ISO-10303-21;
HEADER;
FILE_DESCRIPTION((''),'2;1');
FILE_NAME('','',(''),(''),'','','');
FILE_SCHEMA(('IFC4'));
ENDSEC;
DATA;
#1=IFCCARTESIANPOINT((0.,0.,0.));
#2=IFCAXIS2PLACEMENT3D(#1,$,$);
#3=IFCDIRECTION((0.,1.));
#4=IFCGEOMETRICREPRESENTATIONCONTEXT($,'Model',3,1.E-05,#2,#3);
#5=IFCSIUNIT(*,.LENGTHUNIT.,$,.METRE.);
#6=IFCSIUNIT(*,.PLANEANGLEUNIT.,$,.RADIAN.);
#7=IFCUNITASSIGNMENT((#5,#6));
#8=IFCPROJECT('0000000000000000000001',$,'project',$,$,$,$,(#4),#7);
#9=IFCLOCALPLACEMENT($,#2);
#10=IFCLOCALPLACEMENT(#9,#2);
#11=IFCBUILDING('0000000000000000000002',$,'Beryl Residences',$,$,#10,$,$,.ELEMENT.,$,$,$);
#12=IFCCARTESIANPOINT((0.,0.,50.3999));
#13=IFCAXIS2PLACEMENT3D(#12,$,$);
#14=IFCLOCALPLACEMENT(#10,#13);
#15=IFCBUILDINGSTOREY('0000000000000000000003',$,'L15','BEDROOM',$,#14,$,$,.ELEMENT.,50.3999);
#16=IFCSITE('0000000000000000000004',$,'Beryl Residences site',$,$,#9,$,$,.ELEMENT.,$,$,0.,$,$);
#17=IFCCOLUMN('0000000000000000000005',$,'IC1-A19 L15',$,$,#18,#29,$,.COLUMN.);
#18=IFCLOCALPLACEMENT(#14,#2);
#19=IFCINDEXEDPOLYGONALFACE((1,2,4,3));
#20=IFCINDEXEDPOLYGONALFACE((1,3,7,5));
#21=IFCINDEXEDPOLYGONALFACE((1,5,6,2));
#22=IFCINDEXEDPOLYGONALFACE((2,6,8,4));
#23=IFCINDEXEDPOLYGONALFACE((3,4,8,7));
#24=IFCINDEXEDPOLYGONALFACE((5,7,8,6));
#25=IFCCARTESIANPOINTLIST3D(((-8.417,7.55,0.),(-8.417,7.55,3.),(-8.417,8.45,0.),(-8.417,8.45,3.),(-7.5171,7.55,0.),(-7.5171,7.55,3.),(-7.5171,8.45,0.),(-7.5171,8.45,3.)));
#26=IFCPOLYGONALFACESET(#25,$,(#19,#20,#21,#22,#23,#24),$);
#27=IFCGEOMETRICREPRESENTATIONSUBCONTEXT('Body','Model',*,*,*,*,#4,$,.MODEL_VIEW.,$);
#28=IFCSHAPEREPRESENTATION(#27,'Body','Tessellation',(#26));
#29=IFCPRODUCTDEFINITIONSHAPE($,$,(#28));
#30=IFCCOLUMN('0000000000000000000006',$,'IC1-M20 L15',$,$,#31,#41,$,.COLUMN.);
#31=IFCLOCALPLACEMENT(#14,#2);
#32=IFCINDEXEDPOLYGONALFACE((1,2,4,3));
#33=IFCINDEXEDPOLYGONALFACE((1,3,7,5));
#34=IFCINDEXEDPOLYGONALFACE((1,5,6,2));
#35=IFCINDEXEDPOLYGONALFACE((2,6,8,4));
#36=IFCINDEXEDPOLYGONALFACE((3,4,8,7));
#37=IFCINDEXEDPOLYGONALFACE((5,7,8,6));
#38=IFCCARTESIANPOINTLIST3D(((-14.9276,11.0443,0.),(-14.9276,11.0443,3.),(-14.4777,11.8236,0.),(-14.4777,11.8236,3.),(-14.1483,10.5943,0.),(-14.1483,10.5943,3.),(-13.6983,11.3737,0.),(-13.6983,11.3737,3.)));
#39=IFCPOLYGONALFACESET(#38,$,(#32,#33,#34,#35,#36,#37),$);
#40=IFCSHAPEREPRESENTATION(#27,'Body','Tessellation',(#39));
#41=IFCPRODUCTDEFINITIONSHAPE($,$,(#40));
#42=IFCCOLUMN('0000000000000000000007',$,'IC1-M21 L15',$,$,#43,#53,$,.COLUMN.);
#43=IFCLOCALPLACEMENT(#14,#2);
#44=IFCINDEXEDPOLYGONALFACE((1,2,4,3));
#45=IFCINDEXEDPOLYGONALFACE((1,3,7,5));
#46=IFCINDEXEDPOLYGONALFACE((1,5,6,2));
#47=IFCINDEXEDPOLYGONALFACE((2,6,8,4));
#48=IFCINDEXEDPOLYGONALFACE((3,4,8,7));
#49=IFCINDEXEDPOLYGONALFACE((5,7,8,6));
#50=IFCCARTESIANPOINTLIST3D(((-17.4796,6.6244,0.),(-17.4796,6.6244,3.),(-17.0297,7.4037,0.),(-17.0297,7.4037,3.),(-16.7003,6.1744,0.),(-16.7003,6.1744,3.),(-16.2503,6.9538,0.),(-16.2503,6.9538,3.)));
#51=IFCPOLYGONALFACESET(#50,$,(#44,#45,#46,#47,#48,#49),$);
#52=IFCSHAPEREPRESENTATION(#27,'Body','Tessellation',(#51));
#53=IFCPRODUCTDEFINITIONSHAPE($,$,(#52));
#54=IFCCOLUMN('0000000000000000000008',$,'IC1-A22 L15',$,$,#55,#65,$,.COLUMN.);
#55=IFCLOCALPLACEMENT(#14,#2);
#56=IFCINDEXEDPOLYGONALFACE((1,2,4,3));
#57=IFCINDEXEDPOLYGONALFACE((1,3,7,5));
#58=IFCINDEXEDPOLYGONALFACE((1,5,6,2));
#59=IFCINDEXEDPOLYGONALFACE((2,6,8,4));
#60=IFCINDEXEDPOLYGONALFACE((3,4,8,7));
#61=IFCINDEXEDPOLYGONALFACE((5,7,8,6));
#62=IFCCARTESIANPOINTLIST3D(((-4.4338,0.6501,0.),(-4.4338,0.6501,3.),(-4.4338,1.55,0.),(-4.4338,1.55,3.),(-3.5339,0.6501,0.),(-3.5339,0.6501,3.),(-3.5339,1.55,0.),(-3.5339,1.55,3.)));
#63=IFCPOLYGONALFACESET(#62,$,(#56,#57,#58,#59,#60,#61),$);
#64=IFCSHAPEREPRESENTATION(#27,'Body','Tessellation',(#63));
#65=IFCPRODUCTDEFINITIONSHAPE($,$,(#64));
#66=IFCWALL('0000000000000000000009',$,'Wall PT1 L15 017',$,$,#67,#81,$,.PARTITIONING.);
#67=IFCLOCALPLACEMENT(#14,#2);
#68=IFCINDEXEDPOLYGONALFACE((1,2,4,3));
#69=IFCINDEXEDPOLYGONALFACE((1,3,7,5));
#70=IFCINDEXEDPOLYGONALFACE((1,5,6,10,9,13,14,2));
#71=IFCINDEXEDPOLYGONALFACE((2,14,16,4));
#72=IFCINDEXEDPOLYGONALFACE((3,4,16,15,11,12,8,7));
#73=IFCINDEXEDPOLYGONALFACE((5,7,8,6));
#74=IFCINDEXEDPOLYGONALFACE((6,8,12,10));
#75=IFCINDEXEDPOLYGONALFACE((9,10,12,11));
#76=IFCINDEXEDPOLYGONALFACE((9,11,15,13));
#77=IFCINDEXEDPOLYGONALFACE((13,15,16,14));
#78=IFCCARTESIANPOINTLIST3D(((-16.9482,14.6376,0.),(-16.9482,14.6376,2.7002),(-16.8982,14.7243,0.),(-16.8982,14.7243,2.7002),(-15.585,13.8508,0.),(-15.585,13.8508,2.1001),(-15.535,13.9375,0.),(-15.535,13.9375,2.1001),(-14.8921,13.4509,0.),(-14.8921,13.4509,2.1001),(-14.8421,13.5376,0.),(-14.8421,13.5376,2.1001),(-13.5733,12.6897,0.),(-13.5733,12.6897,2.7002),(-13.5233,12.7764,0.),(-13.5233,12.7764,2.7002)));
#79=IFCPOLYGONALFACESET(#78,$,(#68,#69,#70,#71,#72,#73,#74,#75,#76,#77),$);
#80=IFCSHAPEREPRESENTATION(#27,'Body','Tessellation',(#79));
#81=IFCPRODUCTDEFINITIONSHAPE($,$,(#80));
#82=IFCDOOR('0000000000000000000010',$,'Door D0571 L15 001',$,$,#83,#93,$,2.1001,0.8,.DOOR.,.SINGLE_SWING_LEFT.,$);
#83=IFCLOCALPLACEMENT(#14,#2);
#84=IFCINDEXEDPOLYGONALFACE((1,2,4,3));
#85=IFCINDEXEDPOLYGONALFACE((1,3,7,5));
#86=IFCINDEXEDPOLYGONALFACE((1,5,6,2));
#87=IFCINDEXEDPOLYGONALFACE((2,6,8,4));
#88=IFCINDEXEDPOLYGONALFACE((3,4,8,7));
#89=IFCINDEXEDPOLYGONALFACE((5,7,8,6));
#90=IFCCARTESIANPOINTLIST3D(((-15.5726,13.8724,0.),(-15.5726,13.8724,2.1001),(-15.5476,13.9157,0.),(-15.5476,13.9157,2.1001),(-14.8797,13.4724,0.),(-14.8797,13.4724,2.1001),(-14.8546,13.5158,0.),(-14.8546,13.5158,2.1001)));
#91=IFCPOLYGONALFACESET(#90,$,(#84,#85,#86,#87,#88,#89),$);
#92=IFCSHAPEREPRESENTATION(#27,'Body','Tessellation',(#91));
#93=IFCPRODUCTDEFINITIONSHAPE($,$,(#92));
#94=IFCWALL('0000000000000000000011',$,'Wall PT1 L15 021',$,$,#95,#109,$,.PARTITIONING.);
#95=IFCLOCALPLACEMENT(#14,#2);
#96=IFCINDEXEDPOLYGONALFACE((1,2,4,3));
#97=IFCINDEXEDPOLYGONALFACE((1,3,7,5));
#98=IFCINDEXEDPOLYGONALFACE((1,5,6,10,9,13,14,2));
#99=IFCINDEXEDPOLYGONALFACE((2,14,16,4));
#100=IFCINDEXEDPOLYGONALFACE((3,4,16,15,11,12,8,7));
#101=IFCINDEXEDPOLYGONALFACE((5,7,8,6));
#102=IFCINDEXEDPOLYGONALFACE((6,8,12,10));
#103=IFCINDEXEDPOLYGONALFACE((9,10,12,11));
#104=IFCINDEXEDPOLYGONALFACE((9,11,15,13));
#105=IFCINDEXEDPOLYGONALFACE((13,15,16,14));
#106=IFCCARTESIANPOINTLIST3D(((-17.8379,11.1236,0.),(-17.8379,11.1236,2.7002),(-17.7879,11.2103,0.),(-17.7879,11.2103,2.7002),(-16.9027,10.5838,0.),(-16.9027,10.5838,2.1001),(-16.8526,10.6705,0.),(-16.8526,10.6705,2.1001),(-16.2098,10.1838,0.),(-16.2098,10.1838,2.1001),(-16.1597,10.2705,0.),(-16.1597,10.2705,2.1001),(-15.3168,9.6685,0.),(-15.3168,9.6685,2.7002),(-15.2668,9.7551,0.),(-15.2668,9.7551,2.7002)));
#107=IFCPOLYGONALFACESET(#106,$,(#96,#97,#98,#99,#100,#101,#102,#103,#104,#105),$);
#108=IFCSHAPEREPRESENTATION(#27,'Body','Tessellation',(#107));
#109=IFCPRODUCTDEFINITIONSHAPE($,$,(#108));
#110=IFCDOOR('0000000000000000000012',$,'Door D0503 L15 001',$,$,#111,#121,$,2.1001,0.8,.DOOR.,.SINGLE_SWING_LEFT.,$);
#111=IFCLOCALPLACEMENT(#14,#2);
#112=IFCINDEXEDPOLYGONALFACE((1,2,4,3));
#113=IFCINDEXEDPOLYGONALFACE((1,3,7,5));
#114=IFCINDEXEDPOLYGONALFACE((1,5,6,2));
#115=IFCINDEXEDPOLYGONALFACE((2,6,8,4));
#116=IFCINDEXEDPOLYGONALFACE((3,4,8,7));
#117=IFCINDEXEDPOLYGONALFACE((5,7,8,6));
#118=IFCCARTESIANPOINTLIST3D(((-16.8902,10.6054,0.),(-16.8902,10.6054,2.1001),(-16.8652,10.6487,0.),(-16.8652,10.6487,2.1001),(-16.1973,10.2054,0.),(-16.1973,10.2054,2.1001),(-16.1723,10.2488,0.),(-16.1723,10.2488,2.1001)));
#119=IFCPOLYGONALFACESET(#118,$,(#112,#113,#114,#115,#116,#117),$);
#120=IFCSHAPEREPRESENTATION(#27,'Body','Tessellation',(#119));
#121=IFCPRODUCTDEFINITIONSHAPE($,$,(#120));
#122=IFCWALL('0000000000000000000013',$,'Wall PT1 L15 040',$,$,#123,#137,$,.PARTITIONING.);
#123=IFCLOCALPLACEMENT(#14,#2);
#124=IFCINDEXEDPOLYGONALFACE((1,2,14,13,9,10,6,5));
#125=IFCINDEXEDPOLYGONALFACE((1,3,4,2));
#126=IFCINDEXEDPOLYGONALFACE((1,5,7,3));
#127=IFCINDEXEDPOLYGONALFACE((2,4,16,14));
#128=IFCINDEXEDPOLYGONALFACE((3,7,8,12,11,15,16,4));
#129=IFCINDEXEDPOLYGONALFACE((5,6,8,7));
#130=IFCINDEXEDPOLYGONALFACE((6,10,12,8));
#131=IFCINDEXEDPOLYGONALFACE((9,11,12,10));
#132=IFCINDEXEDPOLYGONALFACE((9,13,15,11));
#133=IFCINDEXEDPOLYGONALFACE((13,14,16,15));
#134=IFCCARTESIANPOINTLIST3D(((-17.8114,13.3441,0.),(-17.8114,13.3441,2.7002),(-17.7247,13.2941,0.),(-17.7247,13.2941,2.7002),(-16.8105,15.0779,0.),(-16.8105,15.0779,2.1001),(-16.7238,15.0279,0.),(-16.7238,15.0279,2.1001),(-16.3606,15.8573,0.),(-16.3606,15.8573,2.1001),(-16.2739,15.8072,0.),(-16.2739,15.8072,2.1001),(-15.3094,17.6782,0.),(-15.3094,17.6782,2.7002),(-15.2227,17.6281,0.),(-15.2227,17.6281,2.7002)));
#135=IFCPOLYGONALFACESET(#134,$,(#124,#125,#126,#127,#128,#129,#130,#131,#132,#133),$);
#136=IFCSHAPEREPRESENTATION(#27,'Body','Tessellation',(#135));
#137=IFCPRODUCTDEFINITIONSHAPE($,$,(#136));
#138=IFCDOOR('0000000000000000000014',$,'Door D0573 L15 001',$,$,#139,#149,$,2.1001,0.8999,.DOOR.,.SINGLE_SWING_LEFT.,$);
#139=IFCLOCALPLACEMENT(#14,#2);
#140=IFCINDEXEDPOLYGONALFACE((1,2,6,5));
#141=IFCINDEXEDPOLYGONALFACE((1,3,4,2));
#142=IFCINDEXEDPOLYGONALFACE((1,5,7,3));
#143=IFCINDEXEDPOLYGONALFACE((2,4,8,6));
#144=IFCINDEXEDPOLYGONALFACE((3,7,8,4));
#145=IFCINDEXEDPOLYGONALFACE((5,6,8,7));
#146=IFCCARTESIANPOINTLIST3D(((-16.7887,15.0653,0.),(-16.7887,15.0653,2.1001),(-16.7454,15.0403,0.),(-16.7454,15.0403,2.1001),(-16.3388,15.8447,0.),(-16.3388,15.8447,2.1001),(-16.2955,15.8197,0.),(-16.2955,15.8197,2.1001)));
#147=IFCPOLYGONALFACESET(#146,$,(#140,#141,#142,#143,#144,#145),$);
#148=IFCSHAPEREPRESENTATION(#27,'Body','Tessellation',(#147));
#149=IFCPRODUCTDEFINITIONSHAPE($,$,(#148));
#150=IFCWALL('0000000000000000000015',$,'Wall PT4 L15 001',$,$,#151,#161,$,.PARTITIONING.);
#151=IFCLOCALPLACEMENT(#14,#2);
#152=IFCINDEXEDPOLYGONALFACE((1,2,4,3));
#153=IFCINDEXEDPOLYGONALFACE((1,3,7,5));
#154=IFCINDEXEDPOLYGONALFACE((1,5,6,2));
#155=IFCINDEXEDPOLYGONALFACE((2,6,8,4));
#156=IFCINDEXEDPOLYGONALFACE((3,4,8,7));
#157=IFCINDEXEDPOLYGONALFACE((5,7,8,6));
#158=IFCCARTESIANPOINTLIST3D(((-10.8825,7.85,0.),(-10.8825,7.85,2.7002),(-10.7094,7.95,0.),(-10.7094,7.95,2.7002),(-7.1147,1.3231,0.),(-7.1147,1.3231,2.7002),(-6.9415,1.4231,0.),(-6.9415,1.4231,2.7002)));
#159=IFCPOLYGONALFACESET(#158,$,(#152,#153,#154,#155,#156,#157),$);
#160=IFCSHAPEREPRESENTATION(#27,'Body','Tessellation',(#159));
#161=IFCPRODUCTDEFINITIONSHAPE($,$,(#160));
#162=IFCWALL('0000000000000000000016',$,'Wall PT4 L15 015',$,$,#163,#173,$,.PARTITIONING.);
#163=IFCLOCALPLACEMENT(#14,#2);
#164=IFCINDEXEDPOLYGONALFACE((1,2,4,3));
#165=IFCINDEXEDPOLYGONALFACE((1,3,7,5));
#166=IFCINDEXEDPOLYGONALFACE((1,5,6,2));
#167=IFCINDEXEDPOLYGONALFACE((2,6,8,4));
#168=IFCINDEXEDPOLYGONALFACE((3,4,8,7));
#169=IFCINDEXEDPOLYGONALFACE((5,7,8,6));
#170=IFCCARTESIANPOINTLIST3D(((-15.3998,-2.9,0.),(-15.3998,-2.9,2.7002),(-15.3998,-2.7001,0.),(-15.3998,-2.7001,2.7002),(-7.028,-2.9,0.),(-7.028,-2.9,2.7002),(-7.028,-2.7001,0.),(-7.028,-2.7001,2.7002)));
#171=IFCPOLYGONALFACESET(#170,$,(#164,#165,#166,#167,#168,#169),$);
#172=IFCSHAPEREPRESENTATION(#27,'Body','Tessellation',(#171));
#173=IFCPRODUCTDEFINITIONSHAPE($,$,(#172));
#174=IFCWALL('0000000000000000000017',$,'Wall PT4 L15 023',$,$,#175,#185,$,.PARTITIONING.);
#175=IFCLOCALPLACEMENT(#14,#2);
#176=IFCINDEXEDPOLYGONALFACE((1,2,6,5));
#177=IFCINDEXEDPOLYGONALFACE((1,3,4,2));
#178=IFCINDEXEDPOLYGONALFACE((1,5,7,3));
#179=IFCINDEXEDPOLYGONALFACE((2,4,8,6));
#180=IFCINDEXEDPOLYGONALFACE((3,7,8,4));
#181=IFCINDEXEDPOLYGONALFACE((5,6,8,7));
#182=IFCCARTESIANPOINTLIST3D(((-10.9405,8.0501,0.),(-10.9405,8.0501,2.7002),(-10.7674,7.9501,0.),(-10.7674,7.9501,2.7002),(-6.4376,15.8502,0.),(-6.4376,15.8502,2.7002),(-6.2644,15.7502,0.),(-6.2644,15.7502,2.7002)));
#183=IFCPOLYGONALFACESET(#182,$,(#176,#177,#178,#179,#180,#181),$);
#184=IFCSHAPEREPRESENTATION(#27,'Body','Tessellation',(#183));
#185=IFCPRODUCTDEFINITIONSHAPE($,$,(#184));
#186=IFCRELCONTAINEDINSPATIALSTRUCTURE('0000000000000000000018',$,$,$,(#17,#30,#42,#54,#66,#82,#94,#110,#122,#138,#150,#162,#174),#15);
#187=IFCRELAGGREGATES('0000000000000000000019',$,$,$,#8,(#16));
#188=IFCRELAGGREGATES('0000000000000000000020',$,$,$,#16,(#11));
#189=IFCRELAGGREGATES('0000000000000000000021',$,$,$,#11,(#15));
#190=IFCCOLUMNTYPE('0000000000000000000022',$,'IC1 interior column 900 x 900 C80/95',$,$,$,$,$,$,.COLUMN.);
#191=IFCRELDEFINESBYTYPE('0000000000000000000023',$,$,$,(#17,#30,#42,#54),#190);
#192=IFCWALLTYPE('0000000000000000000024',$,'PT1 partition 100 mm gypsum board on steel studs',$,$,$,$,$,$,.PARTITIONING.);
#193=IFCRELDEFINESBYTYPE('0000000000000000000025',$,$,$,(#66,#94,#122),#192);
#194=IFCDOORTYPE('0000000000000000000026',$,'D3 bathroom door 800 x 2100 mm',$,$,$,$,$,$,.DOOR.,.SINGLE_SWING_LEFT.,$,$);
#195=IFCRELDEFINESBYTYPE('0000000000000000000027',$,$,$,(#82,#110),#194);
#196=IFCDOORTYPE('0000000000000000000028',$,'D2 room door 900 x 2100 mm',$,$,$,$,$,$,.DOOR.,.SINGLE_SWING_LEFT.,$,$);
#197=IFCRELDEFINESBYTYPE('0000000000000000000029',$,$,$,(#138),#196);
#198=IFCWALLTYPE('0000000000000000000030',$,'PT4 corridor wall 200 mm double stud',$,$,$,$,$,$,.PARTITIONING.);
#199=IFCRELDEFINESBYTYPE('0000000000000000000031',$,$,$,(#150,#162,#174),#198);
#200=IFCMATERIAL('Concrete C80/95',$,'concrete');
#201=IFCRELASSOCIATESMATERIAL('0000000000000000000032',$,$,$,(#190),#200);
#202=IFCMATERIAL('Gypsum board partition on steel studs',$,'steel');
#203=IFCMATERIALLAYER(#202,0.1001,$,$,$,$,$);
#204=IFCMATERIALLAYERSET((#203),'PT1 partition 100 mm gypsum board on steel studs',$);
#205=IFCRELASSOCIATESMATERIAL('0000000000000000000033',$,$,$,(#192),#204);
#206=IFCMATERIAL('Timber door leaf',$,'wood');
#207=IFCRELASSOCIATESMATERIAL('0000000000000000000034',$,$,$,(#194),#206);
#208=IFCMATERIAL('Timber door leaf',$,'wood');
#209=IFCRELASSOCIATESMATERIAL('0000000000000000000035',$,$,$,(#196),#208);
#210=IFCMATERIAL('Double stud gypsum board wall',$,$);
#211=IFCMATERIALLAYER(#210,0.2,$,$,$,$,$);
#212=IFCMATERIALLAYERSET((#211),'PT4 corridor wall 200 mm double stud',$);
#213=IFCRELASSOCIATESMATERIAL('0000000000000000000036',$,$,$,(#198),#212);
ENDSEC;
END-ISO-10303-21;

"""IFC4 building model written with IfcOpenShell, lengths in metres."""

from ifc_helpers import new_model, si_unit, direction, frame, frame_2d, origin, origin_2d, place, context, subcontext, project, spatial, rectangle, extrude, material, layer, layer_set, material_profile, profile_set, type_object, element, fill, save


model = new_model("IFC4")

# Units and contexts
model_context = context("Model", 3, precision=1e-05, world=origin(), true_north=direction((0.0, 1.0)))
body_context = subcontext(model_context, "Body", "Model", "MODEL_VIEW")
ifc_project = project(units=[si_unit("LENGTHUNIT", "METRE"), si_unit("PLANEANGLEUNIT", "RADIAN")], contexts=[model_context])

# Site, building, storey
site_placement = place(None, origin())
site = spatial("IfcSite", under=ifc_project, at=site_placement, Name="Beryl Residences site", CompositionType="ELEMENT", RefElevation=0.0)
building_placement = place(site_placement, origin())
building = spatial("IfcBuilding", under=site, at=building_placement, Name="Beryl Residences", CompositionType="ELEMENT")
storey_placement = place(building_placement, frame((0.0, 0.0, 50.3999)))
storey = spatial("IfcBuildingStorey", under=building, at=storey_placement, Name="L15", Description="BEDROOM", CompositionType="ELEMENT", Elevation=50.3999)

# Columns
ifc_material_1 = material(Name="Concrete C80/95", Category="concrete")
ifc_material_profile = material_profile(ifc_material_1, rectangle(XDim=0.8999, YDim=0.8999, at=origin_2d()))
ifc_profile_set = profile_set([ifc_material_profile], Name="Concrete C80/95")
column_type = type_object("IfcColumnType", Name="IC1 interior column 900 x 900 C80/95", PredefinedType="COLUMN", material=ifc_profile_set)
for number, where, z_axis, x_axis, name in (
    (1, (-7.967, 8.0, 0.0), (0.0, 0.0, 1.0), (1.0, 0.0, 0.0), "IC1-A19 L15"),
    (2, (-14.313, 11.209, 0.0), (0.0, 0.0, 1.0), (-0.499985, -0.866034, 0.0), "IC1-M20 L15"),
    (3, (-16.865, 6.7891, 0.0), (0.0, 0.0, 1.0), (-0.499985, -0.866034, 0.0), "IC1-M21 L15"),
    (4, (-3.9839, 1.1001, 0.0), (0.0, 0.0, 1.0), (1.0, 0.0, 0.0), "IC1-A22 L15"),
):
    element("IfcColumn", number, at=place(storey_placement, frame(where, z_axis=z_axis, x_axis=x_axis)), inside=storey, type_object=column_type, Name=name, PredefinedType="COLUMN", context=body_context, shape_type="SweptSolid", body=[
        extrude(rectangle(XDim=0.8999, YDim=0.8999, at=origin_2d()), origin(), (0.0, 0.0, 1.0), 3.0),
    ])

# Walls, openings, doors
ifc_material_2 = material(Name="Gypsum board partition on steel studs", Category="steel")
ifc_layer_1 = layer(ifc_material_2, 0.1001)
ifc_layer_set_1 = layer_set([ifc_layer_1], Name="PT1 partition 100 mm gypsum board on steel studs")
wall_type_1 = type_object("IfcWallType", Name="PT1 partition 100 mm gypsum board on steel studs", PredefinedType="PARTITIONING", material=ifc_layer_set_1)
wall_1_placement = place(storey_placement, frame((-16.9231, 14.6809, 0.0), z_axis=(0.0, 0.0, 1.0), x_axis=(0.866088, -0.499892, 0.0)))
wall_1 = element("IfcWall", 5, at=wall_1_placement, inside=storey, type_object=wall_type_1, Name="Wall PT1 L15 017", PredefinedType="PARTITIONING", context=body_context, shape_type="SweptSolid", body=[
    extrude(rectangle(XDim=3.8967, YDim=0.1001, at=frame_2d((1.9482, 0.0))), origin(), (0.0, 0.0, 1.0), 2.7002),
])
opening_1_placement = place(wall_1_placement, frame((1.574, 0.0, 0.0)))
opening_1 = element("IfcOpeningElement", 6, at=opening_1_placement, cuts=wall_1, PredefinedType="OPENING", context=body_context, shape_type="SweptSolid", body=[
    extrude(rectangle(XDim=0.8, YDim=2.1001, at=frame_2d((0.3999, 1.05))), frame((0.0, 0.0601, 0.0), z_axis=(0.0, -1.0, 0.0), x_axis=(1.0, 0.0, 0.0)), (0.0, 0.0, 1.0), 0.1201),
])
ifc_material_3 = material(Name="Timber door leaf", Category="wood")
door_type_1 = type_object("IfcDoorType", Name="D3 bathroom door 800 x 2100 mm", OperationType="SINGLE_SWING_LEFT", PredefinedType="DOOR", material=ifc_material_3)
door_1_placement = place(opening_1_placement, origin())
door_1 = element("IfcDoor", 7, at=door_1_placement, inside=storey, type_object=door_type_1, Name="Door D0571 L15 001", OperationType="SINGLE_SWING_LEFT", OverallHeight=2.1001, OverallWidth=0.8, PredefinedType="DOOR", context=body_context, shape_type="SweptSolid", body=[
    extrude(rectangle(XDim=0.8, YDim=2.1001, at=frame_2d((0.3999, 1.05))), frame((0.0, 0.0249, 0.0), z_axis=(0.0, -1.0, 0.0), x_axis=(1.0, 0.0, 0.0)), (0.0, 0.0, 1.0), 0.05),
])
fill(opening_1, door_1)
wall_2_placement = place(storey_placement, frame((-17.813, 11.167, 0.0), z_axis=(0.0, 0.0, 1.0), x_axis=(0.866088, -0.499892, 0.0)))
wall_2 = element("IfcWall", 8, at=wall_2_placement, inside=storey, type_object=wall_type_1, Name="Wall PT1 L15 021", PredefinedType="PARTITIONING", context=body_context, shape_type="SweptSolid", body=[
    extrude(rectangle(XDim=2.9109, YDim=0.1001, at=frame_2d((1.4556, 0.0))), origin(), (0.0, 0.0, 1.0), 2.7002),
])
opening_2_placement = place(wall_2_placement, frame((1.0801, 0.0, 0.0)))
opening_2 = element("IfcOpeningElement", 9, at=opening_2_placement, cuts=wall_2, PredefinedType="OPENING", context=body_context, shape_type="SweptSolid", body=[
    extrude(rectangle(XDim=0.8, YDim=2.1001, at=frame_2d((0.3999, 1.05))), frame((0.0, 0.0601, 0.0), z_axis=(0.0, -1.0, 0.0), x_axis=(1.0, 0.0, 0.0)), (0.0, 0.0, 1.0), 0.1201),
])
door_2_placement = place(opening_2_placement, origin())
door_2 = element("IfcDoor", 10, at=door_2_placement, inside=storey, type_object=door_type_1, Name="Door D0503 L15 001", OperationType="SINGLE_SWING_LEFT", OverallHeight=2.1001, OverallWidth=0.8, PredefinedType="DOOR", context=body_context, shape_type="SweptSolid", body=[
    extrude(rectangle(XDim=0.8, YDim=2.1001, at=frame_2d((0.3999, 1.05))), frame((0.0, 0.0249, 0.0), z_axis=(0.0, -1.0, 0.0), x_axis=(1.0, 0.0, 0.0)), (0.0, 0.0, 1.0), 0.05),
])
fill(opening_2, door_2)
wall_3_placement = place(storey_placement, frame((-17.7681, 13.3191, 0.0), z_axis=(0.0, 0.0, 1.0), x_axis=(0.499959, 0.866049, 0.0)))
wall_3 = element("IfcWall", 11, at=wall_3_placement, inside=storey, type_object=wall_type_1, Name="Wall PT1 L15 040", PredefinedType="PARTITIONING", context=body_context, shape_type="SweptSolid", body=[
    extrude(rectangle(XDim=5.0044, YDim=0.1001, at=frame_2d((2.5022, 0.0))), origin(), (0.0, 0.0, 1.0), 2.7002),
])
opening_3_placement = place(wall_3_placement, frame((2.002, 0.0, 0.0)))
opening_3 = element("IfcOpeningElement", 12, at=opening_3_placement, cuts=wall_3, PredefinedType="OPENING", context=body_context, shape_type="SweptSolid", body=[
    extrude(rectangle(XDim=0.8999, YDim=2.1001, at=frame_2d((0.45, 1.05))), frame((0.0, 0.0601, 0.0), z_axis=(0.0, -1.0, 0.0), x_axis=(1.0, 0.0, 0.0)), (0.0, 0.0, 1.0), 0.1201),
])
ifc_material_4 = material(Name="Timber door leaf", Category="wood")
door_type_2 = type_object("IfcDoorType", Name="D2 room door 900 x 2100 mm", OperationType="SINGLE_SWING_LEFT", PredefinedType="DOOR", material=ifc_material_4)
door_3_placement = place(opening_3_placement, origin())
door_3 = element("IfcDoor", 13, at=door_3_placement, inside=storey, type_object=door_type_2, Name="Door D0573 L15 001", OperationType="SINGLE_SWING_LEFT", OverallHeight=2.1001, OverallWidth=0.8999, PredefinedType="DOOR", context=body_context, shape_type="SweptSolid", body=[
    extrude(rectangle(XDim=0.8999, YDim=2.1001, at=frame_2d((0.45, 1.05))), frame((0.0, 0.0249, 0.0), z_axis=(0.0, -1.0, 0.0), x_axis=(1.0, 0.0, 0.0)), (0.0, 0.0, 1.0), 0.05),
])
fill(opening_3, door_3)

# Walls
ifc_material_5 = material(Name="Double stud gypsum board wall")
ifc_layer_2 = layer(ifc_material_5, 0.2)
ifc_layer_set_2 = layer_set([ifc_layer_2], Name="PT4 corridor wall 200 mm double stud")
wall_type_2 = type_object("IfcWallType", Name="PT4 corridor wall 200 mm double stud", PredefinedType="PARTITIONING", material=ifc_layer_set_2)
wall_4_placement = place(storey_placement, frame((-10.7959, 7.8999, 0.0), z_axis=(0.0, 0.0, 1.0), x_axis=(0.499954, -0.866052, 0.0)))
element("IfcWall", 14, at=wall_4_placement, inside=storey, type_object=wall_type_2, Name="Wall PT4 L15 001", PredefinedType="PARTITIONING", context=body_context, shape_type="SweptSolid", body=[
    extrude(rectangle(XDim=7.5364, YDim=0.2, at=frame_2d((3.7681, 0.0))), origin(), (0.0, 0.0, 1.0), 2.7002),
])
wall_5_placement = place(storey_placement, frame((-15.3999, -2.8, 0.0), z_axis=(0.0, 0.0, 1.0), x_axis=(1.0, 0.0, 0.0)))
element("IfcWall", 15, at=wall_5_placement, inside=storey, type_object=wall_type_2, Name="Wall PT4 L15 015", PredefinedType="PARTITIONING", context=body_context, shape_type="SweptSolid", body=[
    extrude(rectangle(XDim=8.3718, YDim=0.2, at=frame_2d((4.186, 0.0))), origin(), (0.0, 0.0, 1.0), 2.7002),
])
wall_6_placement = place(storey_placement, frame((-10.854, 8.0, 0.0), z_axis=(0.0, 0.0, 1.0), x_axis=(0.499964, 0.866046, 0.0)))
element("IfcWall", 16, at=wall_6_placement, inside=storey, type_object=wall_type_2, Name="Wall PT4 L15 023", PredefinedType="PARTITIONING", context=body_context, shape_type="SweptSolid", body=[
    extrude(rectangle(XDim=9.0066, YDim=0.2, at=frame_2d((4.5034, 0.0))), origin(), (0.0, 0.0, 1.0), 2.7002),
])

save(model, "model.ifc")
